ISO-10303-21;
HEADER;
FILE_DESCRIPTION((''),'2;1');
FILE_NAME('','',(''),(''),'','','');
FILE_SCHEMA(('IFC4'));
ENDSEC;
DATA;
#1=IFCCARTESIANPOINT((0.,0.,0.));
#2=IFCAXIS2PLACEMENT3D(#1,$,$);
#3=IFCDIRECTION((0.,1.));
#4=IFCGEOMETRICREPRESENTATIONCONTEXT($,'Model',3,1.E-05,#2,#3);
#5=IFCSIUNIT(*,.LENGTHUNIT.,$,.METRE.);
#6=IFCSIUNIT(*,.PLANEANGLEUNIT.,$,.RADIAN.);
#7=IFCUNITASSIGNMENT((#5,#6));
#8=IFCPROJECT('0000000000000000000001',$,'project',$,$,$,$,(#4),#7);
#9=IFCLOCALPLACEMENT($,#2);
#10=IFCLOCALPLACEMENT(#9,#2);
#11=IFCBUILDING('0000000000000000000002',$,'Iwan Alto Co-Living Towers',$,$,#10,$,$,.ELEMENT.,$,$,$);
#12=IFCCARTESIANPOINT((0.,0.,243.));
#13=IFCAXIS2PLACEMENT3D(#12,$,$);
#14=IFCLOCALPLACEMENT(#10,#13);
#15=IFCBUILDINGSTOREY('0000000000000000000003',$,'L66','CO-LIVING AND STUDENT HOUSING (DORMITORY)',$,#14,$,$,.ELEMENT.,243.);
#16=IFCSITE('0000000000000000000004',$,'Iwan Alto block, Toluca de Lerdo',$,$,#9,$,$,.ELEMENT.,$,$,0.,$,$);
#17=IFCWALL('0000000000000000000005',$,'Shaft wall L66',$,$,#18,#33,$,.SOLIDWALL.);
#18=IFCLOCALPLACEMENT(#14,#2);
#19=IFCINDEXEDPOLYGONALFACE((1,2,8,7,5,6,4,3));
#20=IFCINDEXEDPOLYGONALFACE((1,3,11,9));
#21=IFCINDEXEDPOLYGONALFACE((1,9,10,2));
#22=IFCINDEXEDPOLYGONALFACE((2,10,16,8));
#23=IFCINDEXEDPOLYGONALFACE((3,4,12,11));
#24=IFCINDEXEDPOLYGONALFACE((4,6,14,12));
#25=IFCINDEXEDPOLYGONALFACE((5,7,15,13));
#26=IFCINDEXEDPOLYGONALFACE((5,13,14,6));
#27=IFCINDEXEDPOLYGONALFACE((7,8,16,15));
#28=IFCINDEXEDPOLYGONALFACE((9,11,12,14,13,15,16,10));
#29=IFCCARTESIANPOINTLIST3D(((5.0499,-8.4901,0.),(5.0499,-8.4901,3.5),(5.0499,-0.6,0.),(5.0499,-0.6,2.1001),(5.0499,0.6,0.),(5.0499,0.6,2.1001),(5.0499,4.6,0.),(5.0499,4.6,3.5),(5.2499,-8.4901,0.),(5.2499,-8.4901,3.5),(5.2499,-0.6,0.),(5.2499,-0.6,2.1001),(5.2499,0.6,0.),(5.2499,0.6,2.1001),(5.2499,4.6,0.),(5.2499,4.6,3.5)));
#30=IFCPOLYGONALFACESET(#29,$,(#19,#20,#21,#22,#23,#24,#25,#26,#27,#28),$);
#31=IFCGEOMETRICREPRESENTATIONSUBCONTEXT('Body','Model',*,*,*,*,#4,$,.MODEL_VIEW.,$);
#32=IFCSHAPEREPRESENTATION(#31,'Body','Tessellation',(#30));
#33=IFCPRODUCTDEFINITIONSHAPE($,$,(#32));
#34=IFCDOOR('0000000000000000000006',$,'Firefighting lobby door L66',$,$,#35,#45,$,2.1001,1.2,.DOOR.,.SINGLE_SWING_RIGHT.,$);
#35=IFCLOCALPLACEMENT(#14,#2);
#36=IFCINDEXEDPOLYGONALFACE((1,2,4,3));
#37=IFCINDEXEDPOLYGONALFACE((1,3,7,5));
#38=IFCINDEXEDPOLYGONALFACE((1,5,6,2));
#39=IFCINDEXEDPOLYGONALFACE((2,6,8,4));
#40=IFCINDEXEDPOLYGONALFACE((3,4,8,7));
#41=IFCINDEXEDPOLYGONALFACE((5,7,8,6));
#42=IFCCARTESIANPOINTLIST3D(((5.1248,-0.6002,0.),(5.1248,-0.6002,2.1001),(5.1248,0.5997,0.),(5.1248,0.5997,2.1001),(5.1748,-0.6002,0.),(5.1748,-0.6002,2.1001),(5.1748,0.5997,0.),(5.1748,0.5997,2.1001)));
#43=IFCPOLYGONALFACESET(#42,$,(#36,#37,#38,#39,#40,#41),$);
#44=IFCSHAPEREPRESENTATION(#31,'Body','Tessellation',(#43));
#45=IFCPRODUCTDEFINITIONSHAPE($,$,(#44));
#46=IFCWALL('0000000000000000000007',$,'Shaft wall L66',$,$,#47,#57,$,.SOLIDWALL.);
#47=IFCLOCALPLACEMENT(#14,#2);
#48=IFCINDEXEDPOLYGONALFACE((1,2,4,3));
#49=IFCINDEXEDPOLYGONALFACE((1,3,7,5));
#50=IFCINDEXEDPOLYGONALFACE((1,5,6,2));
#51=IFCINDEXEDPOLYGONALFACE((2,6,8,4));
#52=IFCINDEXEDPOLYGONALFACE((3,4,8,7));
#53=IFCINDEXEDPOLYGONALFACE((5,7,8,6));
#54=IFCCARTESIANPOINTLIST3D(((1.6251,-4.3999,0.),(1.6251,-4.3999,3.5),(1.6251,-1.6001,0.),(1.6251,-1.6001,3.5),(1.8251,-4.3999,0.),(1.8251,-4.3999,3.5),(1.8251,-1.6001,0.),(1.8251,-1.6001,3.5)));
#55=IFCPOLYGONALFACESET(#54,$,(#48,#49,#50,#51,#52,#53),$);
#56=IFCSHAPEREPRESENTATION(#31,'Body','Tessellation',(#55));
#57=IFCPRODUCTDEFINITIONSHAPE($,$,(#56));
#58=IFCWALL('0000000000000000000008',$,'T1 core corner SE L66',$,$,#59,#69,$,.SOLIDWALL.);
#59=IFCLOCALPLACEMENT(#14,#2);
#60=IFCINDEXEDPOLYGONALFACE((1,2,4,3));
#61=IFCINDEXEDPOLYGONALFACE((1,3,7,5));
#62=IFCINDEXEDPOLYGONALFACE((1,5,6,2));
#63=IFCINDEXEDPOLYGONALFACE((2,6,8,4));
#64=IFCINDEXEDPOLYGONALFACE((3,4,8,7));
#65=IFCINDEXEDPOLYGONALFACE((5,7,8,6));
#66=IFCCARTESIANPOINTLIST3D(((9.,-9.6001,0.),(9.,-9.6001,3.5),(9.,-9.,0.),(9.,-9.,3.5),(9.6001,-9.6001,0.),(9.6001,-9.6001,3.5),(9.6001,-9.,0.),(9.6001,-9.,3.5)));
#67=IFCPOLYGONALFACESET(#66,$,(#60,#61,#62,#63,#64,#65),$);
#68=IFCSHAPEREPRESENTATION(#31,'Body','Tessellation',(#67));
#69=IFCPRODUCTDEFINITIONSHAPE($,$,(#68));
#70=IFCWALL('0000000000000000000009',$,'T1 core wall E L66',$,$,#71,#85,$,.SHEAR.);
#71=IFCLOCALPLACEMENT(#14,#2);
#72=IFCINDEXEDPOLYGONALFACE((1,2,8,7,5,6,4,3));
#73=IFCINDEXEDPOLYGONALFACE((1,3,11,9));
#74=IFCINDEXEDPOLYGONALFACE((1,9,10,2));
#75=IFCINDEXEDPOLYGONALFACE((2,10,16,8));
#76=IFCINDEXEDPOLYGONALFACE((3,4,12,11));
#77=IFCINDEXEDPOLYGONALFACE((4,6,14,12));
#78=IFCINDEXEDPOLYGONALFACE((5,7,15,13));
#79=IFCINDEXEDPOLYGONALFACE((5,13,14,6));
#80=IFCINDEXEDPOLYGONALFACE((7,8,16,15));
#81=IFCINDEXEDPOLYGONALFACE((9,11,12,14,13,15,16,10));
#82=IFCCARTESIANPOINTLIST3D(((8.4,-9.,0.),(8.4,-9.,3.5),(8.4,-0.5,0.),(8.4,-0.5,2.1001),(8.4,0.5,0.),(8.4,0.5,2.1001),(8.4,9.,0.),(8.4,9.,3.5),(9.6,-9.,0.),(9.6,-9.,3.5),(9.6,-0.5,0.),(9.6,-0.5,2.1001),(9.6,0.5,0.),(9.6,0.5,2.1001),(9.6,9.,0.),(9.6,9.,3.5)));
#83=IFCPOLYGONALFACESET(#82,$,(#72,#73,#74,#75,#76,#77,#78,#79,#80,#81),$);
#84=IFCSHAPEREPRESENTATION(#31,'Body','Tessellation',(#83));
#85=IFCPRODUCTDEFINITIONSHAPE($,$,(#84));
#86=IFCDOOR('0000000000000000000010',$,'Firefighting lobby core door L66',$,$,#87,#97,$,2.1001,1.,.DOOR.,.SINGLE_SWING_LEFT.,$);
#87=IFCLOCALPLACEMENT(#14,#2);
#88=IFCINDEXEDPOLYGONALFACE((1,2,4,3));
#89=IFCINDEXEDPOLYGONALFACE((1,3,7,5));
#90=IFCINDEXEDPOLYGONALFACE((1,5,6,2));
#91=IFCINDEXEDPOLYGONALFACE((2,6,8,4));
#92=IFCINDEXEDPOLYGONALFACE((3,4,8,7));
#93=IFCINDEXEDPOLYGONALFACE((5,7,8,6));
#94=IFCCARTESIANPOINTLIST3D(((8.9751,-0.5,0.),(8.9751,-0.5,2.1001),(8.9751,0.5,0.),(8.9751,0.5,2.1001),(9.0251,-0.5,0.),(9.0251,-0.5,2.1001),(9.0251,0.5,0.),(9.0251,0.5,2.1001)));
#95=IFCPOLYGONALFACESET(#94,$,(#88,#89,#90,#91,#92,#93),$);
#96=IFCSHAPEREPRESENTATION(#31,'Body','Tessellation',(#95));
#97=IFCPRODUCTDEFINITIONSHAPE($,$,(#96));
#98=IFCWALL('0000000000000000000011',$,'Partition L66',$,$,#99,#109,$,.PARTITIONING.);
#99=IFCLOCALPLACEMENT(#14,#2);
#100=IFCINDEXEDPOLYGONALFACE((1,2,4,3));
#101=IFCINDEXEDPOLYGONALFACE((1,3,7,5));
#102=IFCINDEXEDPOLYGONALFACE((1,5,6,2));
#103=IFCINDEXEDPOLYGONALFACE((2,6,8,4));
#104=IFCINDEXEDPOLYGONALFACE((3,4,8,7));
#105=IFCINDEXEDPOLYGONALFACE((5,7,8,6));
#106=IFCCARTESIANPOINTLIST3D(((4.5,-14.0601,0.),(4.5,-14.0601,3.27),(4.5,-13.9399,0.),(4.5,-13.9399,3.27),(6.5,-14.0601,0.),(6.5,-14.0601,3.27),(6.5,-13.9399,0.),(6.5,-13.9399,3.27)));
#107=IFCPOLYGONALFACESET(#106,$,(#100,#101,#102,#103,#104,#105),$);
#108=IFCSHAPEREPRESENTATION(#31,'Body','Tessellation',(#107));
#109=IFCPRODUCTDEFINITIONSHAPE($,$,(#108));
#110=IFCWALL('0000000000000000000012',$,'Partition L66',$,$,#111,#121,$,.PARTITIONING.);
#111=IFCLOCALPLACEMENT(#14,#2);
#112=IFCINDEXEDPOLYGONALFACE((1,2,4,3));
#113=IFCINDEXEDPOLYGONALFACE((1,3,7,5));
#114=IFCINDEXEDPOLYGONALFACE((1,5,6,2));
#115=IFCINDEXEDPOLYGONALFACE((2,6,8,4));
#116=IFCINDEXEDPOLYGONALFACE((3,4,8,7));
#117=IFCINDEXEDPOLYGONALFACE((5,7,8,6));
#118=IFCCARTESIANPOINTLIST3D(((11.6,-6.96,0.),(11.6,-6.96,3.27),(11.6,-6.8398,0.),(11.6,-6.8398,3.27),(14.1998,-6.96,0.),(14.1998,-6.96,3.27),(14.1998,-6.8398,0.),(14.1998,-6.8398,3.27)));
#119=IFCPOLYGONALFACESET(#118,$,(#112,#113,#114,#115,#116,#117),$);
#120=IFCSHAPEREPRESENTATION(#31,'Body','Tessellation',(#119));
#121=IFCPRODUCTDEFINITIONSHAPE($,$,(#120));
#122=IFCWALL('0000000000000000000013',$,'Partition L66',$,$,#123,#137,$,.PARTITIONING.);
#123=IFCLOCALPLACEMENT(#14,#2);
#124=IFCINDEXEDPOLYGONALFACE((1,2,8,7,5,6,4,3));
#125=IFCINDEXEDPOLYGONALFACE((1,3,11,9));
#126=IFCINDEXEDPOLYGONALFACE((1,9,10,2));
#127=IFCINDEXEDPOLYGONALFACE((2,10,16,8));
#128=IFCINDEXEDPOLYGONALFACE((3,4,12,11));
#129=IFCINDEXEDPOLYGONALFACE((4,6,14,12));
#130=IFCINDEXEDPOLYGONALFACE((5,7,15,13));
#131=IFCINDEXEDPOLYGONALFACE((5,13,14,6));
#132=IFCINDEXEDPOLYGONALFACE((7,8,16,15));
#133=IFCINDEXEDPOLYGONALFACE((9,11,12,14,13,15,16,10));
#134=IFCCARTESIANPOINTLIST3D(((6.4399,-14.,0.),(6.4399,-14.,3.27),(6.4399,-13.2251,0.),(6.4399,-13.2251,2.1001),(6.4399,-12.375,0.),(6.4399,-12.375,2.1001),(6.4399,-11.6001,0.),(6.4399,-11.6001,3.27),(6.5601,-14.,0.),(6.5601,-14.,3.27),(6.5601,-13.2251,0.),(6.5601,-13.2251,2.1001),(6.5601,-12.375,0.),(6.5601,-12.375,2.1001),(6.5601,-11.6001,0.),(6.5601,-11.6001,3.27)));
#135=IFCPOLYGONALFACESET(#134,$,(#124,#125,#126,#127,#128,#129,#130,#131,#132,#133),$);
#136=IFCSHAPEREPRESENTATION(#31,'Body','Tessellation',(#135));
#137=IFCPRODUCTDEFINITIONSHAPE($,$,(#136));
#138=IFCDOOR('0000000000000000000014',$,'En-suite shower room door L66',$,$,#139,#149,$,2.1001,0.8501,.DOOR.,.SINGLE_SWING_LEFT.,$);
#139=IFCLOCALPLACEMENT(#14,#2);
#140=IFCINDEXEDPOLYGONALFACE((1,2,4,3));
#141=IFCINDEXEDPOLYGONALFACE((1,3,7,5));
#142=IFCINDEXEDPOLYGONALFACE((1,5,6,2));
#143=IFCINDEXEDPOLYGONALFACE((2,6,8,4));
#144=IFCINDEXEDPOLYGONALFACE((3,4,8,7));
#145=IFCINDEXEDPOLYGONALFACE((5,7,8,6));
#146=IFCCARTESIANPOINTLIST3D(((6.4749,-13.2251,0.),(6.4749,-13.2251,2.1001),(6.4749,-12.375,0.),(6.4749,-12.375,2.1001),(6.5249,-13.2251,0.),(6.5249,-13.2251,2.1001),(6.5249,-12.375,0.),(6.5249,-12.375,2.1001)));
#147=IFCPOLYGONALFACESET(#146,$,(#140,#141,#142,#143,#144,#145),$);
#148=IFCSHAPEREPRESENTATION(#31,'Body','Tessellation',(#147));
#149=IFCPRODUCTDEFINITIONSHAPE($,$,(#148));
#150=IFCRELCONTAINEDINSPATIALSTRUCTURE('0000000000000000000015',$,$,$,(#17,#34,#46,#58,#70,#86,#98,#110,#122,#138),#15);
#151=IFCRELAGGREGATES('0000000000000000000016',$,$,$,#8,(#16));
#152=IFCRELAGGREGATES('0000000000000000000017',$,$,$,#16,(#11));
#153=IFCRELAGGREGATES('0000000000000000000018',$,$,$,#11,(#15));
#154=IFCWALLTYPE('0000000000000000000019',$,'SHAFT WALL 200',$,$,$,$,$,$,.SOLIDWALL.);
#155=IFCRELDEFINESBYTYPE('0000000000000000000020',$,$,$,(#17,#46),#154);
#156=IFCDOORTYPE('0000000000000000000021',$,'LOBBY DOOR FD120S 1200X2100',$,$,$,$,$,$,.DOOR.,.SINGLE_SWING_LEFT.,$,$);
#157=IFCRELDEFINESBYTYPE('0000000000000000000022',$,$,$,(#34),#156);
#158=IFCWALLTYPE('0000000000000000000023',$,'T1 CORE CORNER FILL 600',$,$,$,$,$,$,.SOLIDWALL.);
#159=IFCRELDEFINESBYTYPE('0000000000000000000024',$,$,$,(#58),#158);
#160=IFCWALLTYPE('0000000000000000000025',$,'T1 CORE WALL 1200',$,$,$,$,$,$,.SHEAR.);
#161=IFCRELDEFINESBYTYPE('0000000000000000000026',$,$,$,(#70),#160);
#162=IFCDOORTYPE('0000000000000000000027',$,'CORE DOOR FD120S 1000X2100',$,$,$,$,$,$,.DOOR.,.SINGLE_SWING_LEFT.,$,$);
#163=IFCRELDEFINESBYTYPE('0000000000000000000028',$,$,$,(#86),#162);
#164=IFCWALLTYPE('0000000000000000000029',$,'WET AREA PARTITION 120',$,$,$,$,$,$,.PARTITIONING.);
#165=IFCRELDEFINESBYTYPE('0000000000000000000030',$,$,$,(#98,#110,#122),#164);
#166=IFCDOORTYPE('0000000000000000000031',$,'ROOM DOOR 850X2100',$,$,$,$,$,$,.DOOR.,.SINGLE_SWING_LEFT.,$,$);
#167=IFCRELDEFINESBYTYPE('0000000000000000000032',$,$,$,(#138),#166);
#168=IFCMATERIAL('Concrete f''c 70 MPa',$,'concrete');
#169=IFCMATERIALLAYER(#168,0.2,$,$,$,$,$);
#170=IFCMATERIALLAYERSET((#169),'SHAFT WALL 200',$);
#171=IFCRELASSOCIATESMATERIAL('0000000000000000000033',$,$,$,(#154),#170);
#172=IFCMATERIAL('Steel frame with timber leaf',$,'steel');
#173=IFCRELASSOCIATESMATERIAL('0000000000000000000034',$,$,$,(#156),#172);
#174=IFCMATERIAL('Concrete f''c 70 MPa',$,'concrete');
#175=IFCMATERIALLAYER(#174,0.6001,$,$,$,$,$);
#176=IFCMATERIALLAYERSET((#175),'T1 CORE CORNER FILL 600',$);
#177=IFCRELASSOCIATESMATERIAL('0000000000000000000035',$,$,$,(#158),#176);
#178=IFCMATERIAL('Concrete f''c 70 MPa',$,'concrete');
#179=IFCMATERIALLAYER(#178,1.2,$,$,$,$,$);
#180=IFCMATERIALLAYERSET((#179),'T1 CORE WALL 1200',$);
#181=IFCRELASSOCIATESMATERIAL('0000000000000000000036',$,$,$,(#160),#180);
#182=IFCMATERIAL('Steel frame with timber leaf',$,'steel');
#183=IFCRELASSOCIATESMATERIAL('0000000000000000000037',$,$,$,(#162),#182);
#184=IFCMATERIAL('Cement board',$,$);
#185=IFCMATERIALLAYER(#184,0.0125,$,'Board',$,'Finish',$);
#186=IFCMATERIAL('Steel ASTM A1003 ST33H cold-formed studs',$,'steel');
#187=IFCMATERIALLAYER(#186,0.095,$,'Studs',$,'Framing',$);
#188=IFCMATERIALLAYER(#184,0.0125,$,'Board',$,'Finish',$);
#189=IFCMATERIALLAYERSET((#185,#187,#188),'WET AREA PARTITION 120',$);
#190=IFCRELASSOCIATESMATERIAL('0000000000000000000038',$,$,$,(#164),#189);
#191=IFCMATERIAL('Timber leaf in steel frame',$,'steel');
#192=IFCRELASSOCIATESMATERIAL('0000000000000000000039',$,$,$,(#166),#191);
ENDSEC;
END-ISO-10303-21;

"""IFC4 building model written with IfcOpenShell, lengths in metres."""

from ifc_helpers import new_model, si_unit, direction, frame, frame_2d, origin, place, context, subcontext, project, spatial, rectangle, extrude, material, layer, layer_set, type_object, element, fill, save


model = new_model("IFC4")

# Units and contexts
model_context = context("Model", 3, precision=1e-05, world=origin(), true_north=direction((0.0, 1.0)))
body_context = subcontext(model_context, "Body", "Model", "MODEL_VIEW")
ifc_project = project(units=[si_unit("LENGTHUNIT", "METRE"), si_unit("PLANEANGLEUNIT", "RADIAN")], contexts=[model_context])

# Site, building, storey
site_placement = place(None, origin())
site = spatial("IfcSite", under=ifc_project, at=site_placement, Name="Iwan Alto block, Toluca de Lerdo", CompositionType="ELEMENT", RefElevation=0.0)
building_placement = place(site_placement, origin())
building = spatial("IfcBuilding", under=site, at=building_placement, Name="Iwan Alto Co-Living Towers", CompositionType="ELEMENT")
storey_placement = place(building_placement, frame((0.0, 0.0, 243.0)))
storey = spatial("IfcBuildingStorey", under=building, at=storey_placement, Name="L66", Description="CO-LIVING AND STUDENT HOUSING (DORMITORY)", CompositionType="ELEMENT", Elevation=243.0)

# Shared definitions
ifc_material_1 = material(Name="Steel ASTM A1003 ST33H cold-formed studs", Category="steel")

# Wall, opening, door
ifc_material_2 = material(Name="Concrete f'c 70 MPa", Category="concrete")
ifc_layer_1 = layer(ifc_material_2, 0.2)
ifc_layer_set_1 = layer_set([ifc_layer_1], Name="SHAFT WALL 200")
wall_type_1 = type_object("IfcWallType", Name="SHAFT WALL 200", PredefinedType="SOLIDWALL", material=ifc_layer_set_1)
wall_1_placement = place(storey_placement, frame((5.1499, -8.49, 0.0), z_axis=(0.0, 0.0, 1.0), x_axis=(0.0, 1.0, 0.0)))
wall_1 = element("IfcWall", 1, at=wall_1_placement, inside=storey, type_object=wall_type_1, Name="Shaft wall L66", PredefinedType="SOLIDWALL", context=body_context, shape_type="SweptSolid", body=[
    extrude(rectangle(XDim=13.0901, YDim=0.2, at=frame_2d((6.5449, 0.0))), origin(), (0.0, 0.0, 1.0), 3.5),
])
opening_1_placement = place(wall_1_placement, frame((7.8899, 0.0, 0.0)))
opening_1 = element("IfcOpeningElement", 2, at=opening_1_placement, cuts=wall_1, PredefinedType="OPENING", context=body_context, shape_type="SweptSolid", body=[
    extrude(rectangle(XDim=1.2, YDim=2.1001, at=frame_2d((0.6001, 1.05))), frame((0.0, 0.1099, 0.0), z_axis=(0.0, -1.0, 0.0), x_axis=(1.0, 0.0, 0.0)), (0.0, 0.0, 1.0), 0.22),
])
ifc_material_3 = material(Name="Steel frame with timber leaf", Category="steel")
door_type_1 = type_object("IfcDoorType", Name="LOBBY DOOR FD120S 1200X2100", OperationType="SINGLE_SWING_LEFT", PredefinedType="DOOR", material=ifc_material_3)
door_1_placement = place(opening_1_placement, frame((1.2, 0.0, 0.0), z_axis=(0.0, 0.0, 1.0), x_axis=(-1.0, 0.0, 0.0)))
door_1 = element("IfcDoor", 3, at=door_1_placement, inside=storey, type_object=door_type_1, Name="Firefighting lobby door L66", OperationType="SINGLE_SWING_RIGHT", OverallHeight=2.1001, OverallWidth=1.2, PredefinedType="DOOR", context=body_context, shape_type="SweptSolid", body=[
    extrude(rectangle(XDim=1.2, YDim=2.1001, at=frame_2d((0.6001, 1.05))), frame((0.0, 0.0249, 0.0), z_axis=(0.0, -1.0, 0.0), x_axis=(1.0, 0.0, 0.0)), (0.0, 0.0, 1.0), 0.05),
])
fill(opening_1, door_1)

# Walls
wall_2_placement = place(storey_placement, frame((1.7251, -4.3999, 0.0), z_axis=(0.0, 0.0, 1.0), x_axis=(0.0, 1.0, 0.0)))
element("IfcWall", 4, at=wall_2_placement, inside=storey, type_object=wall_type_1, Name="Shaft wall L66", PredefinedType="SOLIDWALL", context=body_context, shape_type="SweptSolid", body=[
    extrude(rectangle(XDim=2.7998, YDim=0.2, at=frame_2d((1.3999, 0.0))), origin(), (0.0, 0.0, 1.0), 3.5),
])
ifc_material_4 = material(Name="Concrete f'c 70 MPa", Category="concrete")
ifc_layer_2 = layer(ifc_material_4, 0.6001)
ifc_layer_set_2 = layer_set([ifc_layer_2], Name="T1 CORE CORNER FILL 600")
wall_type_2 = type_object("IfcWallType", Name="T1 CORE CORNER FILL 600", PredefinedType="SOLIDWALL", material=ifc_layer_set_2)
wall_3_placement = place(storey_placement, frame((9.0, -9.3, 0.0), z_axis=(0.0, 0.0, 1.0), x_axis=(1.0, 0.0, 0.0)))
element("IfcWall", 5, at=wall_3_placement, inside=storey, type_object=wall_type_2, Name="T1 core corner SE L66", PredefinedType="SOLIDWALL", context=body_context, shape_type="SweptSolid", body=[
    extrude(rectangle(XDim=0.6001, YDim=0.6001, at=frame_2d((0.3, 0.0))), origin(), (0.0, 0.0, 1.0), 3.5),
])

# Wall, opening, door
ifc_material_5 = material(Name="Concrete f'c 70 MPa", Category="concrete")
ifc_layer_3 = layer(ifc_material_5, 1.2)
ifc_layer_set_3 = layer_set([ifc_layer_3], Name="T1 CORE WALL 1200")
wall_type_3 = type_object("IfcWallType", Name="T1 CORE WALL 1200", PredefinedType="SHEAR", material=ifc_layer_set_3)
wall_4_placement = place(storey_placement, frame((9.0, -9.0, 0.0), z_axis=(0.0, 0.0, 1.0), x_axis=(0.0, 1.0, 0.0)))
wall_4 = element("IfcWall", 6, at=wall_4_placement, inside=storey, type_object=wall_type_3, Name="T1 core wall E L66", PredefinedType="SHEAR", context=body_context, shape_type="SweptSolid", body=[
    extrude(rectangle(XDim=18.0, YDim=1.2, at=frame_2d((9.0, 0.0))), origin(), (0.0, 0.0, 1.0), 3.5),
])
opening_2_placement = place(wall_4_placement, frame((8.5, 0.0, 0.0)))
opening_2 = element("IfcOpeningElement", 7, at=opening_2_placement, cuts=wall_4, PredefinedType="OPENING", context=body_context, shape_type="SweptSolid", body=[
    extrude(rectangle(XDim=1.0, YDim=2.1001, at=frame_2d((0.5, 1.05))), frame((0.0, 0.6099, 0.0), z_axis=(0.0, -1.0, 0.0), x_axis=(1.0, 0.0, 0.0)), (0.0, 0.0, 1.0), 1.22),
])
ifc_material_6 = material(Name="Steel frame with timber leaf", Category="steel")
door_type_2 = type_object("IfcDoorType", Name="CORE DOOR FD120S 1000X2100", OperationType="SINGLE_SWING_LEFT", PredefinedType="DOOR", material=ifc_material_6)
door_2_placement = place(opening_2_placement, origin())
door_2 = element("IfcDoor", 8, at=door_2_placement, inside=storey, type_object=door_type_2, Name="Firefighting lobby core door L66", OperationType="SINGLE_SWING_LEFT", OverallHeight=2.1001, OverallWidth=1.0, PredefinedType="DOOR", context=body_context, shape_type="SweptSolid", body=[
    extrude(rectangle(XDim=1.0, YDim=2.1001, at=frame_2d((0.5, 1.05))), frame((0.0, 0.0249, 0.0), z_axis=(0.0, -1.0, 0.0), x_axis=(1.0, 0.0, 0.0)), (0.0, 0.0, 1.0), 0.05),
])
fill(opening_2, door_2)

# Walls
ifc_material_7 = material(Name="Cement board")
ifc_layer_4 = layer(ifc_material_7, 0.0125, Name="Board", Category="Finish")
ifc_layer_5 = layer(ifc_material_1, 0.095, Name="Studs", Category="Framing")
ifc_layer_6 = layer(ifc_material_7, 0.0125, Name="Board", Category="Finish")
ifc_layer_set_4 = layer_set([ifc_layer_4, ifc_layer_5, ifc_layer_6], Name="WET AREA PARTITION 120")
wall_type_4 = type_object("IfcWallType", Name="WET AREA PARTITION 120", PredefinedType="PARTITIONING", material=ifc_layer_set_4)
wall_5_placement = place(storey_placement, frame((4.5, -14.0, 0.0), z_axis=(0.0, 0.0, 1.0), x_axis=(1.0, 0.0, 0.0)))
element("IfcWall", 9, at=wall_5_placement, inside=storey, type_object=wall_type_4, Name="Partition L66", PredefinedType="PARTITIONING", context=body_context, shape_type="SweptSolid", body=[
    extrude(rectangle(XDim=2.0, YDim=0.1201, at=frame_2d((1.0, 0.0))), origin(), (0.0, 0.0, 1.0), 3.27),
])
wall_6_placement = place(storey_placement, frame((11.6001, -6.8999, 0.0), z_axis=(0.0, 0.0, 1.0), x_axis=(1.0, 0.0, 0.0)))
element("IfcWall", 10, at=wall_6_placement, inside=storey, type_object=wall_type_4, Name="Partition L66", PredefinedType="PARTITIONING", context=body_context, shape_type="SweptSolid", body=[
    extrude(rectangle(XDim=2.5999, YDim=0.1201, at=frame_2d((1.2998, 0.0))), origin(), (0.0, 0.0, 1.0), 3.27),
])

# Wall, opening, door
wall_7_placement = place(storey_placement, frame((6.5, -14.0, 0.0), z_axis=(0.0, 0.0, 1.0), x_axis=(0.0, 1.0, 0.0)))
wall_7 = element("IfcWall", 11, at=wall_7_placement, inside=storey, type_object=wall_type_4, Name="Partition L66", PredefinedType="PARTITIONING", context=body_context, shape_type="SweptSolid", body=[
    extrude(rectangle(XDim=2.3999, YDim=0.1201, at=frame_2d((1.2, 0.0))), origin(), (0.0, 0.0, 1.0), 3.27),
])
opening_3_placement = place(wall_7_placement, frame((0.7749, 0.0, 0.0)))
opening_3 = element("IfcOpeningElement", 12, at=opening_3_placement, cuts=wall_7, PredefinedType="OPENING", context=body_context, shape_type="SweptSolid", body=[
    extrude(rectangle(XDim=0.8501, YDim=2.1001, at=frame_2d((0.425, 1.05))), frame((0.0, 0.0701, 0.0), z_axis=(0.0, -1.0, 0.0), x_axis=(1.0, 0.0, 0.0)), (0.0, 0.0, 1.0), 0.1401),
])
ifc_material_8 = material(Name="Timber leaf in steel frame", Category="steel")
door_type_3 = type_object("IfcDoorType", Name="ROOM DOOR 850X2100", OperationType="SINGLE_SWING_LEFT", PredefinedType="DOOR", material=ifc_material_8)
door_3_placement = place(opening_3_placement, frame((0.8501, 0.0, 0.0), z_axis=(0.0, 0.0, 1.0), x_axis=(-1.0, 0.0, 0.0)))
door_3 = element("IfcDoor", 13, at=door_3_placement, inside=storey, type_object=door_type_3, Name="En-suite shower room door L66", OperationType="SINGLE_SWING_LEFT", OverallHeight=2.1001, OverallWidth=0.8501, PredefinedType="DOOR", context=body_context, shape_type="SweptSolid", body=[
    extrude(rectangle(XDim=0.8501, YDim=2.1001, at=frame_2d((0.425, 1.05))), frame((0.0, 0.0249, 0.0), z_axis=(0.0, -1.0, 0.0), x_axis=(1.0, 0.0, 0.0)), (0.0, 0.0, 1.0), 0.05),
])
fill(opening_3, door_3)

save(model, "model.ifc")
